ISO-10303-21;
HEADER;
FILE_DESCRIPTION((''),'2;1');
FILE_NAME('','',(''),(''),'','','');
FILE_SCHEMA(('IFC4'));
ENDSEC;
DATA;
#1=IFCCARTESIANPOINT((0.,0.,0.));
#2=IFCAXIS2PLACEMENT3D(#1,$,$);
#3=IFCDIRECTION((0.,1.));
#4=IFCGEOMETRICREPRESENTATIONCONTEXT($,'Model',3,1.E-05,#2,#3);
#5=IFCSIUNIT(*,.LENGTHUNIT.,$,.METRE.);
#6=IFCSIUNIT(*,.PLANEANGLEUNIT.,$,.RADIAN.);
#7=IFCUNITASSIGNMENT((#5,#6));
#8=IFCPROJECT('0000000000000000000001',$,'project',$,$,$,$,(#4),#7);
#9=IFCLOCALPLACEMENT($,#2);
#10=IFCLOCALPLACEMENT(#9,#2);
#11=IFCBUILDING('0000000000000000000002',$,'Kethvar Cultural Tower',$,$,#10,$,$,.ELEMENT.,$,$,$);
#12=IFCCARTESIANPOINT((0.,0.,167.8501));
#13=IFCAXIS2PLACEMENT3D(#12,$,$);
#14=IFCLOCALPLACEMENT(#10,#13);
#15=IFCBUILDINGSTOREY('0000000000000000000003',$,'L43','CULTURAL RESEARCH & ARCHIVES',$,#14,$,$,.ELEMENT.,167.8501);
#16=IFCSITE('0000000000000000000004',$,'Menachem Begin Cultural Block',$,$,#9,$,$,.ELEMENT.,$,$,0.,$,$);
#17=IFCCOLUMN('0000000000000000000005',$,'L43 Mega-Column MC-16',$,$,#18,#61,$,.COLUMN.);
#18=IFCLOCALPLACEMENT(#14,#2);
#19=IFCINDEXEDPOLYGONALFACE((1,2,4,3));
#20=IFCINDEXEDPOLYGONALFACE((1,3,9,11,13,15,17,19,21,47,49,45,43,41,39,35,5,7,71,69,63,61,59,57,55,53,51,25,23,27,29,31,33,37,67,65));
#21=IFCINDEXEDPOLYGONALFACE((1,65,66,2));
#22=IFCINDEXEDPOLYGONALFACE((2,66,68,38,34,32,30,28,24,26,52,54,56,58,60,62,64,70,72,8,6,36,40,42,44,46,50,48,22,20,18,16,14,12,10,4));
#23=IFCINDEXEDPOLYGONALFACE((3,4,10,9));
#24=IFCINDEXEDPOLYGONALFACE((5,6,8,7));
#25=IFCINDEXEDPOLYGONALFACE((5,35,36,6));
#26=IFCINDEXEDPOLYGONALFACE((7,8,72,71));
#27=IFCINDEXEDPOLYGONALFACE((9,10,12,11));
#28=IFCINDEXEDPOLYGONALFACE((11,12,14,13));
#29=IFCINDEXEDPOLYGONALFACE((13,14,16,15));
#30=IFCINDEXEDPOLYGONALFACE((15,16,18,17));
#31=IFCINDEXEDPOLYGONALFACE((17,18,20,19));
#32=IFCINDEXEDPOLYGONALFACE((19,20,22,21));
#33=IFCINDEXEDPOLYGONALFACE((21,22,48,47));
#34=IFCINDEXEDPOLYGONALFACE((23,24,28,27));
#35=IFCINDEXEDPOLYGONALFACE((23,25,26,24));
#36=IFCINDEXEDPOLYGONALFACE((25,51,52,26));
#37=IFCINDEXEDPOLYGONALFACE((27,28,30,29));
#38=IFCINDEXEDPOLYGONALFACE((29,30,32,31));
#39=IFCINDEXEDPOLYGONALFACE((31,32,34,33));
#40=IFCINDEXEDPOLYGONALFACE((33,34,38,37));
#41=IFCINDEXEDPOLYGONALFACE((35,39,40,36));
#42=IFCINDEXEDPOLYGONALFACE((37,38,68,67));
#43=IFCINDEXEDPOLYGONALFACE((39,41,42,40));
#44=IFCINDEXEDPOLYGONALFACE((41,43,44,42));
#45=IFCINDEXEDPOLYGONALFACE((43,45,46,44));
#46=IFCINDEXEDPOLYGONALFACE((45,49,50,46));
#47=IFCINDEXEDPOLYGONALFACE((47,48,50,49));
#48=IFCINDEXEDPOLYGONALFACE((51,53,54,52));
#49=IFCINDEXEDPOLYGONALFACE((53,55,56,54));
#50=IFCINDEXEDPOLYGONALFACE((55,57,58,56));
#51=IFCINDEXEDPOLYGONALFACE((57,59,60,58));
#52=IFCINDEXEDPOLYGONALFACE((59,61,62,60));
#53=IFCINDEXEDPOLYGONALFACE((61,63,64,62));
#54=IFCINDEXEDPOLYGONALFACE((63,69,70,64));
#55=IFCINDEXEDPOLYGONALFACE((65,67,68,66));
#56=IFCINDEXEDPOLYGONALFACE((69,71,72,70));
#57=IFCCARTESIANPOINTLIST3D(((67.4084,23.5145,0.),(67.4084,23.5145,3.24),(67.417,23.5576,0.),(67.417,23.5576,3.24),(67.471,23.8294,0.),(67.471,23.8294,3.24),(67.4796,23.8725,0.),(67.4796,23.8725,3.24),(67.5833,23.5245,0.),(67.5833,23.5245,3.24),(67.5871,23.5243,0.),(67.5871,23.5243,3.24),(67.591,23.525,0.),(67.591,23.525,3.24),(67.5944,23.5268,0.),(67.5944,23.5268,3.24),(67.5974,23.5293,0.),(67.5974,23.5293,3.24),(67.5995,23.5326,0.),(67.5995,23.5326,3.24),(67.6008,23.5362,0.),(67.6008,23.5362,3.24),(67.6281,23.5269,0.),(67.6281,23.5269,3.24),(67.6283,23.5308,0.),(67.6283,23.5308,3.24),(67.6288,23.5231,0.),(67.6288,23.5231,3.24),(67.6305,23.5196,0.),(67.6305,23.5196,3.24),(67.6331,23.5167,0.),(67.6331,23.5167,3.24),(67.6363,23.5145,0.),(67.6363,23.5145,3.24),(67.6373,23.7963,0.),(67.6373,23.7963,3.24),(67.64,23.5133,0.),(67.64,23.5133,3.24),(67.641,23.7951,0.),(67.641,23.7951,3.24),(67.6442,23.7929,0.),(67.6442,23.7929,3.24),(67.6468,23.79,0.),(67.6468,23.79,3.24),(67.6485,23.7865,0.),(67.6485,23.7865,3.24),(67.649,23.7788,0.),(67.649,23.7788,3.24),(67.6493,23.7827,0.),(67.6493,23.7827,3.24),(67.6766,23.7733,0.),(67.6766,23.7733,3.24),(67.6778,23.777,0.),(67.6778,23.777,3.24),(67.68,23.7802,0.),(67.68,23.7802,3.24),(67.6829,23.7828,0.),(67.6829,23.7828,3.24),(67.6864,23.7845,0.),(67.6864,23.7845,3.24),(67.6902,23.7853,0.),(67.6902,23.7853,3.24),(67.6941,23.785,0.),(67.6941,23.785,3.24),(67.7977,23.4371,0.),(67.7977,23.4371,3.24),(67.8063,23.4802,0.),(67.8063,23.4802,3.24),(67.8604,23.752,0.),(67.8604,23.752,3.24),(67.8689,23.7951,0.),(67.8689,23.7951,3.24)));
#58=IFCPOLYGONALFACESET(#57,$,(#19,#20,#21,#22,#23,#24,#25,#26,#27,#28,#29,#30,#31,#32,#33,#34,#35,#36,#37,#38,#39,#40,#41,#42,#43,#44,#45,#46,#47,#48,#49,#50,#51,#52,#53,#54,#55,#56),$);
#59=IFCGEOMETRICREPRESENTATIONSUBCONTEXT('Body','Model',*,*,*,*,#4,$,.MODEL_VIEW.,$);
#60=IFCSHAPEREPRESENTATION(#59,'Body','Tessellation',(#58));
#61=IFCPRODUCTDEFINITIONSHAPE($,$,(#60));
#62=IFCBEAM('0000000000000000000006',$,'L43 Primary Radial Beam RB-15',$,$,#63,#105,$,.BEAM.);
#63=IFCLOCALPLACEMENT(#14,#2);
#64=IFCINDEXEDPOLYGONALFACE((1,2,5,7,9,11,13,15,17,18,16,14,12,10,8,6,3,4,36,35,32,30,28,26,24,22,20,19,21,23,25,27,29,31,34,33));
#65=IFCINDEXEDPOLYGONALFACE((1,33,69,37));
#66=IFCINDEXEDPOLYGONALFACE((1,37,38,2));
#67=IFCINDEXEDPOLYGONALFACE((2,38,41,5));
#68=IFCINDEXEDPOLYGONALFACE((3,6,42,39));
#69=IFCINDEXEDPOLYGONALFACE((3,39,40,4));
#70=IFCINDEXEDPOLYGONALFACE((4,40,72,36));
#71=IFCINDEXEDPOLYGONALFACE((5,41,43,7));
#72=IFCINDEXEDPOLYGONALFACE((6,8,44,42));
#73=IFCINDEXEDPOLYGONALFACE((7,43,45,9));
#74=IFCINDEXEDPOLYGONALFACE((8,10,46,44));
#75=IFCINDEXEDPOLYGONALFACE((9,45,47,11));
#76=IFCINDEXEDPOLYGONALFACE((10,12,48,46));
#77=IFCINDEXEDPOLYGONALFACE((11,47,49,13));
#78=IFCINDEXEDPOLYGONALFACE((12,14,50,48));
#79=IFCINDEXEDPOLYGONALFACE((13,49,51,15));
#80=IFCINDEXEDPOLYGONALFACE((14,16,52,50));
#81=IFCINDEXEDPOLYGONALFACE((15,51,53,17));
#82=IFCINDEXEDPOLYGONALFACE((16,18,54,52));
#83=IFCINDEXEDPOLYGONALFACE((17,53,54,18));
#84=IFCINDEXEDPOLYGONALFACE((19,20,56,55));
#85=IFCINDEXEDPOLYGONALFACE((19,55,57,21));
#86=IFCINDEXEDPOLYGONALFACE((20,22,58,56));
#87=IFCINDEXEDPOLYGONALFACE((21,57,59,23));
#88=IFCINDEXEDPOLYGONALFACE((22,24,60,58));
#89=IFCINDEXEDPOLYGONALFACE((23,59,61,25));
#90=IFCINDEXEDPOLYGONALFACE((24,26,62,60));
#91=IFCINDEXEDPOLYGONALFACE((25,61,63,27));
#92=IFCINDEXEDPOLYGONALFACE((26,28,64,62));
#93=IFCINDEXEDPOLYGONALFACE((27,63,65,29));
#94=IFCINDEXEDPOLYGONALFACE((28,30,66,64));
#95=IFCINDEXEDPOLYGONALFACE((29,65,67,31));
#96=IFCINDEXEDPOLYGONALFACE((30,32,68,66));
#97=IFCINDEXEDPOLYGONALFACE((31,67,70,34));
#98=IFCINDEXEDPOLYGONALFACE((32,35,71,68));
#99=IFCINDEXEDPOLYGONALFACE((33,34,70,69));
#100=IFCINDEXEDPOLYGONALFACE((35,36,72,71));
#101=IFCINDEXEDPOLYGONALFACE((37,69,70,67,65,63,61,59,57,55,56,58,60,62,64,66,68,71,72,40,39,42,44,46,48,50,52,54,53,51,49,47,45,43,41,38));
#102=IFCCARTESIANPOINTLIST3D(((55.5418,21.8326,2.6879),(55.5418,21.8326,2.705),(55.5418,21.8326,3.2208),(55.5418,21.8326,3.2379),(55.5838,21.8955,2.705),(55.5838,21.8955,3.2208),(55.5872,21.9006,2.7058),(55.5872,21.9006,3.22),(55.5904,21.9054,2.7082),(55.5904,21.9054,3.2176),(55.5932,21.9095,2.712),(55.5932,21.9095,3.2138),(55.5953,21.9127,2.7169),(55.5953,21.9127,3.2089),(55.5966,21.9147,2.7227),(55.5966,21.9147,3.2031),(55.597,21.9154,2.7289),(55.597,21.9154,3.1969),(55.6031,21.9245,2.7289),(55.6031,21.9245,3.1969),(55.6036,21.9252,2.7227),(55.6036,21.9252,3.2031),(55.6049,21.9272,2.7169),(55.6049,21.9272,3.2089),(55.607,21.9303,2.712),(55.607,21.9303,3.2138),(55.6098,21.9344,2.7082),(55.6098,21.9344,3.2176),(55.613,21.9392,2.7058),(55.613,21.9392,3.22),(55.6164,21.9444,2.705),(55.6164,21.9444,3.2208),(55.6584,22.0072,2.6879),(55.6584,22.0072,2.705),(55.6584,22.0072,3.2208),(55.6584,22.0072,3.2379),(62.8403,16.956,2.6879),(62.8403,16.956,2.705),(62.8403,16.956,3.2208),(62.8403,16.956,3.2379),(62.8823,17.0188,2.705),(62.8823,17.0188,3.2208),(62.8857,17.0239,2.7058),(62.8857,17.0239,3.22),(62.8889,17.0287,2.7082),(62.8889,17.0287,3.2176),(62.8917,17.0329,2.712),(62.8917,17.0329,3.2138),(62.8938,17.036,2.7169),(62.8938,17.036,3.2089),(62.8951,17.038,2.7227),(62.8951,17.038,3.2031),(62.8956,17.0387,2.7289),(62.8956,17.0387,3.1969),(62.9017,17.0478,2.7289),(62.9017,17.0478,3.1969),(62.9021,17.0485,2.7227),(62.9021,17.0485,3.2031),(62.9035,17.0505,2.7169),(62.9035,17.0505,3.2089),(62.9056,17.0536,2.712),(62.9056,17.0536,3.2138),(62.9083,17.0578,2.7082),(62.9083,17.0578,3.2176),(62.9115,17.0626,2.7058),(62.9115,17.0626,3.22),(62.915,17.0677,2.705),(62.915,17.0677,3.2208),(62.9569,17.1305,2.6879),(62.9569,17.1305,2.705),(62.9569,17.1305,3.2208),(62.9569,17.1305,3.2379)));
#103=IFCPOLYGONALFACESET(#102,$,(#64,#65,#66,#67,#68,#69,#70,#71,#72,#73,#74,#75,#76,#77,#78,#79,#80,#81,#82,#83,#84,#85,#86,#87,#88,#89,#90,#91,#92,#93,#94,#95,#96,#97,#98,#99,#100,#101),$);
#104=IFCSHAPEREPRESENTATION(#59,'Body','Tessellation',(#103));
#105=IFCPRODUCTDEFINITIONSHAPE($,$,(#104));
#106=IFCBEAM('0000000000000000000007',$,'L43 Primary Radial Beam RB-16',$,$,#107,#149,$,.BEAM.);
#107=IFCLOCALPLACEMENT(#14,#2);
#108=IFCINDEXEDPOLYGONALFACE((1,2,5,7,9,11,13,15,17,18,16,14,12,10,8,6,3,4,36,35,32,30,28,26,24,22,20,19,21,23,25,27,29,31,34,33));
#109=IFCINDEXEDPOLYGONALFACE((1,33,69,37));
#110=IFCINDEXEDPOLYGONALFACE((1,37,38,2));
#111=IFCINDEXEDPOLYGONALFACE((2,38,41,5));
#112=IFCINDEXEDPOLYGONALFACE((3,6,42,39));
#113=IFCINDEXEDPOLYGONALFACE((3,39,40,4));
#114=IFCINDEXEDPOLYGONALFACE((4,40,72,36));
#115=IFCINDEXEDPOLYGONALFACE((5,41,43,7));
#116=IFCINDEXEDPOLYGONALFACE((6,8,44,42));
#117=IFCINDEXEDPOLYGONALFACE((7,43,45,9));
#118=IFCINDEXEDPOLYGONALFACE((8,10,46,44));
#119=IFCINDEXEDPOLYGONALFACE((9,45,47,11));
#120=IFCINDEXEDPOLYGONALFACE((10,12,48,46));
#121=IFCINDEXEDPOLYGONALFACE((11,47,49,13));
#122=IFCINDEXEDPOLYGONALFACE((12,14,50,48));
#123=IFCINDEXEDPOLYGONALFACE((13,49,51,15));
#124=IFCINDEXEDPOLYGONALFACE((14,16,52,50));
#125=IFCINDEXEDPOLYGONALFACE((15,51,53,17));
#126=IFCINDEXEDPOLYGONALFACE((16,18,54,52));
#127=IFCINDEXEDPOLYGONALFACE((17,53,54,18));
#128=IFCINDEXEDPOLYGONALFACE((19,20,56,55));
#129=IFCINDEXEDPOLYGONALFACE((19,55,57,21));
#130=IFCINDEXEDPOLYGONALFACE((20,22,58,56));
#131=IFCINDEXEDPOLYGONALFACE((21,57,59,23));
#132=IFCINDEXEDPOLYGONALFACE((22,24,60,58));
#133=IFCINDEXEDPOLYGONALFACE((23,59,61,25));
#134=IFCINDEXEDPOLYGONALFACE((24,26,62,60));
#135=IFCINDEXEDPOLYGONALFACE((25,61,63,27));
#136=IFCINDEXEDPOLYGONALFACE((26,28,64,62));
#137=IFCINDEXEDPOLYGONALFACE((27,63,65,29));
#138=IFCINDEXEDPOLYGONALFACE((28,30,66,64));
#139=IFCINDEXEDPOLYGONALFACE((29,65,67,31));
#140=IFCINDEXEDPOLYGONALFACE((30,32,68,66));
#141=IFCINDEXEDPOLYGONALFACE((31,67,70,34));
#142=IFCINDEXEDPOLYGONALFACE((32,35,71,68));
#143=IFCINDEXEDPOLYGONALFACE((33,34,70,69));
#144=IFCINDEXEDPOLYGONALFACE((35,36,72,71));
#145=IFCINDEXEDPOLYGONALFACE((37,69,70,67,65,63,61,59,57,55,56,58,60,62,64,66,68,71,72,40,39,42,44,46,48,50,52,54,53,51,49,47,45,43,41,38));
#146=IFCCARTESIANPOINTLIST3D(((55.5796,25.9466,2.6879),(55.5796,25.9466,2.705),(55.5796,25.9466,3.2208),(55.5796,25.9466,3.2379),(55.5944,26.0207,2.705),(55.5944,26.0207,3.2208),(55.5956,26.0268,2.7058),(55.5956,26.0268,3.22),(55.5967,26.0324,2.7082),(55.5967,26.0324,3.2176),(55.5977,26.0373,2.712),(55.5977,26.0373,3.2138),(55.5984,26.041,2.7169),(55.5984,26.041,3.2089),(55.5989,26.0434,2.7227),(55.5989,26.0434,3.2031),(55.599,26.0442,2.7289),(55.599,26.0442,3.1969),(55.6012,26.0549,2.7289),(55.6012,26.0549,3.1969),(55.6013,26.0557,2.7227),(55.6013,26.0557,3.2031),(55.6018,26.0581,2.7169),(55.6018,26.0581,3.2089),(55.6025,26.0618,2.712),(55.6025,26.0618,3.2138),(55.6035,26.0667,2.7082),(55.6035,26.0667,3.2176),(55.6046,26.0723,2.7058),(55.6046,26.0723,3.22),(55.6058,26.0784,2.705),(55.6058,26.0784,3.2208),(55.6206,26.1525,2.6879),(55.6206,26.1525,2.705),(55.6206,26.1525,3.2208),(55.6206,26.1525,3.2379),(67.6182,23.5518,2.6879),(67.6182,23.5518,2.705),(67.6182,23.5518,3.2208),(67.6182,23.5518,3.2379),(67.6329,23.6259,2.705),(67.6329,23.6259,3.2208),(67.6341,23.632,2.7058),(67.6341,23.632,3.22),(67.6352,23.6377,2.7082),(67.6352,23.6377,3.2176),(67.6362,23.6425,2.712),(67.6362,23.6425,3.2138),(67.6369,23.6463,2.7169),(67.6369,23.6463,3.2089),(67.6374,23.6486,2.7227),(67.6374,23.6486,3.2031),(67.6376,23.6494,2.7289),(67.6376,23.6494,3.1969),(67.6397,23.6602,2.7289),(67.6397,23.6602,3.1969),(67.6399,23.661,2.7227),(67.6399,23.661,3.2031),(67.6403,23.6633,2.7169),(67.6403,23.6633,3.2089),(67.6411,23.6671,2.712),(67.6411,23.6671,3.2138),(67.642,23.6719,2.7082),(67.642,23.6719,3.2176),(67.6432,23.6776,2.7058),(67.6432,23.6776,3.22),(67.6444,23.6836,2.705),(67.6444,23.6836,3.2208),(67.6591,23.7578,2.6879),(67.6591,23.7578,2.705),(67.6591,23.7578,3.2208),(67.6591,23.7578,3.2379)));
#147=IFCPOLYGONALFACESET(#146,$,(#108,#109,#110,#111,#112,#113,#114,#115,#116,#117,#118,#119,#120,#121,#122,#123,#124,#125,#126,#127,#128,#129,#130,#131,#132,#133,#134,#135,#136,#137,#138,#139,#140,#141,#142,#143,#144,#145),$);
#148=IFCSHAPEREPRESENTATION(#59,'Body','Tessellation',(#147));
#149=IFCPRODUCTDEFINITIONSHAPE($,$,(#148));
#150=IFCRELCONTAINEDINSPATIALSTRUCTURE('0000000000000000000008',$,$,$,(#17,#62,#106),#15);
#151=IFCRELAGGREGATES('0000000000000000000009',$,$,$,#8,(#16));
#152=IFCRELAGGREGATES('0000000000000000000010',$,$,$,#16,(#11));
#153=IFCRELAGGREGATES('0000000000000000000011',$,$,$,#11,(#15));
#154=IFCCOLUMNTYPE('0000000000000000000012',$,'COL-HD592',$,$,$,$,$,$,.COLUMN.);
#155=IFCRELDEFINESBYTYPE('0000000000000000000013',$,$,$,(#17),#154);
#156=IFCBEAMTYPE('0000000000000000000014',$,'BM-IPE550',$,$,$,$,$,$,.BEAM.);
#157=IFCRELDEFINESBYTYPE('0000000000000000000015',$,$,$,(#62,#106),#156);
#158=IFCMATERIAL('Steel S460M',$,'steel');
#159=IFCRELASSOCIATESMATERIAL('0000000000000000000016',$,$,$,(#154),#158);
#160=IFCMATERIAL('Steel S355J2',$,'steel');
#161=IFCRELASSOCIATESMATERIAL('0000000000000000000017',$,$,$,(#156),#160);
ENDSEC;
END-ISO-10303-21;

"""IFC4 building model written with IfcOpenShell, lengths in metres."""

from ifc_helpers import new_model, si_unit, direction, frame, origin, origin_2d, place, context, subcontext, project, spatial, i_section, extrude, source, transform, mapped, material, material_profile, profile_set, type_object, element, save


model = new_model("IFC4")

# Units and contexts
model_context = context("Model", 3, precision=1e-05, world=origin(), true_north=direction((0.0, 1.0)))
body_context = subcontext(model_context, "Body", "Model", "MODEL_VIEW")
ifc_project = project(units=[si_unit("LENGTHUNIT", "METRE"), si_unit("PLANEANGLEUNIT", "RADIAN")], contexts=[model_context])

# Site, building, storey
site_placement = place(None, origin())
site = spatial("IfcSite", under=ifc_project, at=site_placement, Name="Menachem Begin Cultural Block", CompositionType="ELEMENT", RefElevation=0.0)
building_placement = place(site_placement, origin())
building = spatial("IfcBuilding", under=site, at=building_placement, Name="Kethvar Cultural Tower", CompositionType="ELEMENT")
storey_placement = place(building_placement, frame((0.0, 0.0, 167.8501)))
storey = spatial("IfcBuildingStorey", under=building, at=storey_placement, Name="L43", Description="CULTURAL RESEARCH & ARCHIVES", CompositionType="ELEMENT", Elevation=167.8501)

# Column
ifc_material_1 = material(Name="Steel S460M", Category="steel")
ifc_material_profile_1 = material_profile(ifc_material_1, i_section(OverallWidth=0.397, OverallDepth=0.365, WebThickness=0.0281, FlangeThickness=0.0439, FilletRadius=0.0149, at=origin_2d()), Name="Steel S460M — HD400x592")
ifc_profile_set_1 = profile_set([ifc_material_profile_1], Name="Steel S460M — HD400x592")
column_type = type_object("IfcColumnType", Name="COL-HD592", PredefinedType="COLUMN", material=ifc_profile_set_1)
shared_shape_1 = source(origin(), body_context, "Body", "SweptSolid", [
    extrude(i_section(OverallWidth=0.397, OverallDepth=0.365, WebThickness=0.0281, FlangeThickness=0.0439, FilletRadius=0.0149, at=origin_2d()), origin(), (0.0, 0.0, 1.0), 3.24),
])
column_placement = place(storey_placement, frame((67.6387, 23.6548, 0.0), z_axis=(0.0, 0.0, 1.0), x_axis=(0.980785, -0.19509, 0.0)))
element("IfcColumn", 1, at=column_placement, inside=storey, type_object=column_type, Name="L43 Mega-Column MC-16", PredefinedType="COLUMN", context=body_context, shape_type="MappedRepresentation", body=[
    mapped(shared_shape_1, transform((0.0, 0.0, 0.0), scale=1.0)),
])

# Beams
ifc_material_2 = material(Name="Steel S355J2", Category="steel")
ifc_material_profile_2 = material_profile(ifc_material_2, i_section(OverallWidth=0.21, OverallDepth=0.55, WebThickness=0.011, FlangeThickness=0.0171, FilletRadius=0.0239, at=origin_2d()), Name="Steel S355J2 — IPE550")
ifc_profile_set_2 = profile_set([ifc_material_profile_2], Name="Steel S355J2 — IPE550")
beam_type_1 = type_object("IfcBeamType", Name="BM-IPE550", PredefinedType="BEAM", material=ifc_profile_set_2)
shared_shape_2 = source(origin(), body_context, "Body", "SweptSolid", [
    extrude(i_section(OverallWidth=0.21, OverallDepth=0.55, WebThickness=0.011, FlangeThickness=0.0171, FilletRadius=0.0239, at=origin_2d()), origin(), (0.0, 0.0, 1.0), 8.7778),
])
beam_1_placement = place(storey_placement, frame((55.6001, 21.9199, 2.9629), z_axis=(0.831472, -0.555566, 0.0), x_axis=(0.555566, 0.831472, 0.0)))
element("IfcBeam", 2, at=beam_1_placement, inside=storey, type_object=beam_type_1, Name="L43 Primary Radial Beam RB-15", PredefinedType="BEAM", context=body_context, shape_type="MappedRepresentation", body=[
    mapped(shared_shape_2, transform((0.0, 0.0, 0.0), scale=1.0)),
])
shared_shape_3 = source(origin(), body_context, "Body", "SweptSolid", [
    extrude(i_section(OverallWidth=0.21, OverallDepth=0.55, WebThickness=0.011, FlangeThickness=0.0171, FilletRadius=0.0239, at=origin_2d()), origin(), (0.0, 0.0, 1.0), 12.2744),
])
beam_2_placement = place(storey_placement, frame((55.6001, 26.0496, 2.9629), z_axis=(0.980783, -0.195102, 0.0), x_axis=(0.195102, 0.980783, 0.0)))
element("IfcBeam", 3, at=beam_2_placement, inside=storey, type_object=beam_type_1, Name="L43 Primary Radial Beam RB-16", PredefinedType="BEAM", context=body_context, shape_type="MappedRepresentation", body=[
    mapped(shared_shape_3, transform((0.0, 0.0, 0.0), scale=1.0)),
])

save(model, "model.ifc")
